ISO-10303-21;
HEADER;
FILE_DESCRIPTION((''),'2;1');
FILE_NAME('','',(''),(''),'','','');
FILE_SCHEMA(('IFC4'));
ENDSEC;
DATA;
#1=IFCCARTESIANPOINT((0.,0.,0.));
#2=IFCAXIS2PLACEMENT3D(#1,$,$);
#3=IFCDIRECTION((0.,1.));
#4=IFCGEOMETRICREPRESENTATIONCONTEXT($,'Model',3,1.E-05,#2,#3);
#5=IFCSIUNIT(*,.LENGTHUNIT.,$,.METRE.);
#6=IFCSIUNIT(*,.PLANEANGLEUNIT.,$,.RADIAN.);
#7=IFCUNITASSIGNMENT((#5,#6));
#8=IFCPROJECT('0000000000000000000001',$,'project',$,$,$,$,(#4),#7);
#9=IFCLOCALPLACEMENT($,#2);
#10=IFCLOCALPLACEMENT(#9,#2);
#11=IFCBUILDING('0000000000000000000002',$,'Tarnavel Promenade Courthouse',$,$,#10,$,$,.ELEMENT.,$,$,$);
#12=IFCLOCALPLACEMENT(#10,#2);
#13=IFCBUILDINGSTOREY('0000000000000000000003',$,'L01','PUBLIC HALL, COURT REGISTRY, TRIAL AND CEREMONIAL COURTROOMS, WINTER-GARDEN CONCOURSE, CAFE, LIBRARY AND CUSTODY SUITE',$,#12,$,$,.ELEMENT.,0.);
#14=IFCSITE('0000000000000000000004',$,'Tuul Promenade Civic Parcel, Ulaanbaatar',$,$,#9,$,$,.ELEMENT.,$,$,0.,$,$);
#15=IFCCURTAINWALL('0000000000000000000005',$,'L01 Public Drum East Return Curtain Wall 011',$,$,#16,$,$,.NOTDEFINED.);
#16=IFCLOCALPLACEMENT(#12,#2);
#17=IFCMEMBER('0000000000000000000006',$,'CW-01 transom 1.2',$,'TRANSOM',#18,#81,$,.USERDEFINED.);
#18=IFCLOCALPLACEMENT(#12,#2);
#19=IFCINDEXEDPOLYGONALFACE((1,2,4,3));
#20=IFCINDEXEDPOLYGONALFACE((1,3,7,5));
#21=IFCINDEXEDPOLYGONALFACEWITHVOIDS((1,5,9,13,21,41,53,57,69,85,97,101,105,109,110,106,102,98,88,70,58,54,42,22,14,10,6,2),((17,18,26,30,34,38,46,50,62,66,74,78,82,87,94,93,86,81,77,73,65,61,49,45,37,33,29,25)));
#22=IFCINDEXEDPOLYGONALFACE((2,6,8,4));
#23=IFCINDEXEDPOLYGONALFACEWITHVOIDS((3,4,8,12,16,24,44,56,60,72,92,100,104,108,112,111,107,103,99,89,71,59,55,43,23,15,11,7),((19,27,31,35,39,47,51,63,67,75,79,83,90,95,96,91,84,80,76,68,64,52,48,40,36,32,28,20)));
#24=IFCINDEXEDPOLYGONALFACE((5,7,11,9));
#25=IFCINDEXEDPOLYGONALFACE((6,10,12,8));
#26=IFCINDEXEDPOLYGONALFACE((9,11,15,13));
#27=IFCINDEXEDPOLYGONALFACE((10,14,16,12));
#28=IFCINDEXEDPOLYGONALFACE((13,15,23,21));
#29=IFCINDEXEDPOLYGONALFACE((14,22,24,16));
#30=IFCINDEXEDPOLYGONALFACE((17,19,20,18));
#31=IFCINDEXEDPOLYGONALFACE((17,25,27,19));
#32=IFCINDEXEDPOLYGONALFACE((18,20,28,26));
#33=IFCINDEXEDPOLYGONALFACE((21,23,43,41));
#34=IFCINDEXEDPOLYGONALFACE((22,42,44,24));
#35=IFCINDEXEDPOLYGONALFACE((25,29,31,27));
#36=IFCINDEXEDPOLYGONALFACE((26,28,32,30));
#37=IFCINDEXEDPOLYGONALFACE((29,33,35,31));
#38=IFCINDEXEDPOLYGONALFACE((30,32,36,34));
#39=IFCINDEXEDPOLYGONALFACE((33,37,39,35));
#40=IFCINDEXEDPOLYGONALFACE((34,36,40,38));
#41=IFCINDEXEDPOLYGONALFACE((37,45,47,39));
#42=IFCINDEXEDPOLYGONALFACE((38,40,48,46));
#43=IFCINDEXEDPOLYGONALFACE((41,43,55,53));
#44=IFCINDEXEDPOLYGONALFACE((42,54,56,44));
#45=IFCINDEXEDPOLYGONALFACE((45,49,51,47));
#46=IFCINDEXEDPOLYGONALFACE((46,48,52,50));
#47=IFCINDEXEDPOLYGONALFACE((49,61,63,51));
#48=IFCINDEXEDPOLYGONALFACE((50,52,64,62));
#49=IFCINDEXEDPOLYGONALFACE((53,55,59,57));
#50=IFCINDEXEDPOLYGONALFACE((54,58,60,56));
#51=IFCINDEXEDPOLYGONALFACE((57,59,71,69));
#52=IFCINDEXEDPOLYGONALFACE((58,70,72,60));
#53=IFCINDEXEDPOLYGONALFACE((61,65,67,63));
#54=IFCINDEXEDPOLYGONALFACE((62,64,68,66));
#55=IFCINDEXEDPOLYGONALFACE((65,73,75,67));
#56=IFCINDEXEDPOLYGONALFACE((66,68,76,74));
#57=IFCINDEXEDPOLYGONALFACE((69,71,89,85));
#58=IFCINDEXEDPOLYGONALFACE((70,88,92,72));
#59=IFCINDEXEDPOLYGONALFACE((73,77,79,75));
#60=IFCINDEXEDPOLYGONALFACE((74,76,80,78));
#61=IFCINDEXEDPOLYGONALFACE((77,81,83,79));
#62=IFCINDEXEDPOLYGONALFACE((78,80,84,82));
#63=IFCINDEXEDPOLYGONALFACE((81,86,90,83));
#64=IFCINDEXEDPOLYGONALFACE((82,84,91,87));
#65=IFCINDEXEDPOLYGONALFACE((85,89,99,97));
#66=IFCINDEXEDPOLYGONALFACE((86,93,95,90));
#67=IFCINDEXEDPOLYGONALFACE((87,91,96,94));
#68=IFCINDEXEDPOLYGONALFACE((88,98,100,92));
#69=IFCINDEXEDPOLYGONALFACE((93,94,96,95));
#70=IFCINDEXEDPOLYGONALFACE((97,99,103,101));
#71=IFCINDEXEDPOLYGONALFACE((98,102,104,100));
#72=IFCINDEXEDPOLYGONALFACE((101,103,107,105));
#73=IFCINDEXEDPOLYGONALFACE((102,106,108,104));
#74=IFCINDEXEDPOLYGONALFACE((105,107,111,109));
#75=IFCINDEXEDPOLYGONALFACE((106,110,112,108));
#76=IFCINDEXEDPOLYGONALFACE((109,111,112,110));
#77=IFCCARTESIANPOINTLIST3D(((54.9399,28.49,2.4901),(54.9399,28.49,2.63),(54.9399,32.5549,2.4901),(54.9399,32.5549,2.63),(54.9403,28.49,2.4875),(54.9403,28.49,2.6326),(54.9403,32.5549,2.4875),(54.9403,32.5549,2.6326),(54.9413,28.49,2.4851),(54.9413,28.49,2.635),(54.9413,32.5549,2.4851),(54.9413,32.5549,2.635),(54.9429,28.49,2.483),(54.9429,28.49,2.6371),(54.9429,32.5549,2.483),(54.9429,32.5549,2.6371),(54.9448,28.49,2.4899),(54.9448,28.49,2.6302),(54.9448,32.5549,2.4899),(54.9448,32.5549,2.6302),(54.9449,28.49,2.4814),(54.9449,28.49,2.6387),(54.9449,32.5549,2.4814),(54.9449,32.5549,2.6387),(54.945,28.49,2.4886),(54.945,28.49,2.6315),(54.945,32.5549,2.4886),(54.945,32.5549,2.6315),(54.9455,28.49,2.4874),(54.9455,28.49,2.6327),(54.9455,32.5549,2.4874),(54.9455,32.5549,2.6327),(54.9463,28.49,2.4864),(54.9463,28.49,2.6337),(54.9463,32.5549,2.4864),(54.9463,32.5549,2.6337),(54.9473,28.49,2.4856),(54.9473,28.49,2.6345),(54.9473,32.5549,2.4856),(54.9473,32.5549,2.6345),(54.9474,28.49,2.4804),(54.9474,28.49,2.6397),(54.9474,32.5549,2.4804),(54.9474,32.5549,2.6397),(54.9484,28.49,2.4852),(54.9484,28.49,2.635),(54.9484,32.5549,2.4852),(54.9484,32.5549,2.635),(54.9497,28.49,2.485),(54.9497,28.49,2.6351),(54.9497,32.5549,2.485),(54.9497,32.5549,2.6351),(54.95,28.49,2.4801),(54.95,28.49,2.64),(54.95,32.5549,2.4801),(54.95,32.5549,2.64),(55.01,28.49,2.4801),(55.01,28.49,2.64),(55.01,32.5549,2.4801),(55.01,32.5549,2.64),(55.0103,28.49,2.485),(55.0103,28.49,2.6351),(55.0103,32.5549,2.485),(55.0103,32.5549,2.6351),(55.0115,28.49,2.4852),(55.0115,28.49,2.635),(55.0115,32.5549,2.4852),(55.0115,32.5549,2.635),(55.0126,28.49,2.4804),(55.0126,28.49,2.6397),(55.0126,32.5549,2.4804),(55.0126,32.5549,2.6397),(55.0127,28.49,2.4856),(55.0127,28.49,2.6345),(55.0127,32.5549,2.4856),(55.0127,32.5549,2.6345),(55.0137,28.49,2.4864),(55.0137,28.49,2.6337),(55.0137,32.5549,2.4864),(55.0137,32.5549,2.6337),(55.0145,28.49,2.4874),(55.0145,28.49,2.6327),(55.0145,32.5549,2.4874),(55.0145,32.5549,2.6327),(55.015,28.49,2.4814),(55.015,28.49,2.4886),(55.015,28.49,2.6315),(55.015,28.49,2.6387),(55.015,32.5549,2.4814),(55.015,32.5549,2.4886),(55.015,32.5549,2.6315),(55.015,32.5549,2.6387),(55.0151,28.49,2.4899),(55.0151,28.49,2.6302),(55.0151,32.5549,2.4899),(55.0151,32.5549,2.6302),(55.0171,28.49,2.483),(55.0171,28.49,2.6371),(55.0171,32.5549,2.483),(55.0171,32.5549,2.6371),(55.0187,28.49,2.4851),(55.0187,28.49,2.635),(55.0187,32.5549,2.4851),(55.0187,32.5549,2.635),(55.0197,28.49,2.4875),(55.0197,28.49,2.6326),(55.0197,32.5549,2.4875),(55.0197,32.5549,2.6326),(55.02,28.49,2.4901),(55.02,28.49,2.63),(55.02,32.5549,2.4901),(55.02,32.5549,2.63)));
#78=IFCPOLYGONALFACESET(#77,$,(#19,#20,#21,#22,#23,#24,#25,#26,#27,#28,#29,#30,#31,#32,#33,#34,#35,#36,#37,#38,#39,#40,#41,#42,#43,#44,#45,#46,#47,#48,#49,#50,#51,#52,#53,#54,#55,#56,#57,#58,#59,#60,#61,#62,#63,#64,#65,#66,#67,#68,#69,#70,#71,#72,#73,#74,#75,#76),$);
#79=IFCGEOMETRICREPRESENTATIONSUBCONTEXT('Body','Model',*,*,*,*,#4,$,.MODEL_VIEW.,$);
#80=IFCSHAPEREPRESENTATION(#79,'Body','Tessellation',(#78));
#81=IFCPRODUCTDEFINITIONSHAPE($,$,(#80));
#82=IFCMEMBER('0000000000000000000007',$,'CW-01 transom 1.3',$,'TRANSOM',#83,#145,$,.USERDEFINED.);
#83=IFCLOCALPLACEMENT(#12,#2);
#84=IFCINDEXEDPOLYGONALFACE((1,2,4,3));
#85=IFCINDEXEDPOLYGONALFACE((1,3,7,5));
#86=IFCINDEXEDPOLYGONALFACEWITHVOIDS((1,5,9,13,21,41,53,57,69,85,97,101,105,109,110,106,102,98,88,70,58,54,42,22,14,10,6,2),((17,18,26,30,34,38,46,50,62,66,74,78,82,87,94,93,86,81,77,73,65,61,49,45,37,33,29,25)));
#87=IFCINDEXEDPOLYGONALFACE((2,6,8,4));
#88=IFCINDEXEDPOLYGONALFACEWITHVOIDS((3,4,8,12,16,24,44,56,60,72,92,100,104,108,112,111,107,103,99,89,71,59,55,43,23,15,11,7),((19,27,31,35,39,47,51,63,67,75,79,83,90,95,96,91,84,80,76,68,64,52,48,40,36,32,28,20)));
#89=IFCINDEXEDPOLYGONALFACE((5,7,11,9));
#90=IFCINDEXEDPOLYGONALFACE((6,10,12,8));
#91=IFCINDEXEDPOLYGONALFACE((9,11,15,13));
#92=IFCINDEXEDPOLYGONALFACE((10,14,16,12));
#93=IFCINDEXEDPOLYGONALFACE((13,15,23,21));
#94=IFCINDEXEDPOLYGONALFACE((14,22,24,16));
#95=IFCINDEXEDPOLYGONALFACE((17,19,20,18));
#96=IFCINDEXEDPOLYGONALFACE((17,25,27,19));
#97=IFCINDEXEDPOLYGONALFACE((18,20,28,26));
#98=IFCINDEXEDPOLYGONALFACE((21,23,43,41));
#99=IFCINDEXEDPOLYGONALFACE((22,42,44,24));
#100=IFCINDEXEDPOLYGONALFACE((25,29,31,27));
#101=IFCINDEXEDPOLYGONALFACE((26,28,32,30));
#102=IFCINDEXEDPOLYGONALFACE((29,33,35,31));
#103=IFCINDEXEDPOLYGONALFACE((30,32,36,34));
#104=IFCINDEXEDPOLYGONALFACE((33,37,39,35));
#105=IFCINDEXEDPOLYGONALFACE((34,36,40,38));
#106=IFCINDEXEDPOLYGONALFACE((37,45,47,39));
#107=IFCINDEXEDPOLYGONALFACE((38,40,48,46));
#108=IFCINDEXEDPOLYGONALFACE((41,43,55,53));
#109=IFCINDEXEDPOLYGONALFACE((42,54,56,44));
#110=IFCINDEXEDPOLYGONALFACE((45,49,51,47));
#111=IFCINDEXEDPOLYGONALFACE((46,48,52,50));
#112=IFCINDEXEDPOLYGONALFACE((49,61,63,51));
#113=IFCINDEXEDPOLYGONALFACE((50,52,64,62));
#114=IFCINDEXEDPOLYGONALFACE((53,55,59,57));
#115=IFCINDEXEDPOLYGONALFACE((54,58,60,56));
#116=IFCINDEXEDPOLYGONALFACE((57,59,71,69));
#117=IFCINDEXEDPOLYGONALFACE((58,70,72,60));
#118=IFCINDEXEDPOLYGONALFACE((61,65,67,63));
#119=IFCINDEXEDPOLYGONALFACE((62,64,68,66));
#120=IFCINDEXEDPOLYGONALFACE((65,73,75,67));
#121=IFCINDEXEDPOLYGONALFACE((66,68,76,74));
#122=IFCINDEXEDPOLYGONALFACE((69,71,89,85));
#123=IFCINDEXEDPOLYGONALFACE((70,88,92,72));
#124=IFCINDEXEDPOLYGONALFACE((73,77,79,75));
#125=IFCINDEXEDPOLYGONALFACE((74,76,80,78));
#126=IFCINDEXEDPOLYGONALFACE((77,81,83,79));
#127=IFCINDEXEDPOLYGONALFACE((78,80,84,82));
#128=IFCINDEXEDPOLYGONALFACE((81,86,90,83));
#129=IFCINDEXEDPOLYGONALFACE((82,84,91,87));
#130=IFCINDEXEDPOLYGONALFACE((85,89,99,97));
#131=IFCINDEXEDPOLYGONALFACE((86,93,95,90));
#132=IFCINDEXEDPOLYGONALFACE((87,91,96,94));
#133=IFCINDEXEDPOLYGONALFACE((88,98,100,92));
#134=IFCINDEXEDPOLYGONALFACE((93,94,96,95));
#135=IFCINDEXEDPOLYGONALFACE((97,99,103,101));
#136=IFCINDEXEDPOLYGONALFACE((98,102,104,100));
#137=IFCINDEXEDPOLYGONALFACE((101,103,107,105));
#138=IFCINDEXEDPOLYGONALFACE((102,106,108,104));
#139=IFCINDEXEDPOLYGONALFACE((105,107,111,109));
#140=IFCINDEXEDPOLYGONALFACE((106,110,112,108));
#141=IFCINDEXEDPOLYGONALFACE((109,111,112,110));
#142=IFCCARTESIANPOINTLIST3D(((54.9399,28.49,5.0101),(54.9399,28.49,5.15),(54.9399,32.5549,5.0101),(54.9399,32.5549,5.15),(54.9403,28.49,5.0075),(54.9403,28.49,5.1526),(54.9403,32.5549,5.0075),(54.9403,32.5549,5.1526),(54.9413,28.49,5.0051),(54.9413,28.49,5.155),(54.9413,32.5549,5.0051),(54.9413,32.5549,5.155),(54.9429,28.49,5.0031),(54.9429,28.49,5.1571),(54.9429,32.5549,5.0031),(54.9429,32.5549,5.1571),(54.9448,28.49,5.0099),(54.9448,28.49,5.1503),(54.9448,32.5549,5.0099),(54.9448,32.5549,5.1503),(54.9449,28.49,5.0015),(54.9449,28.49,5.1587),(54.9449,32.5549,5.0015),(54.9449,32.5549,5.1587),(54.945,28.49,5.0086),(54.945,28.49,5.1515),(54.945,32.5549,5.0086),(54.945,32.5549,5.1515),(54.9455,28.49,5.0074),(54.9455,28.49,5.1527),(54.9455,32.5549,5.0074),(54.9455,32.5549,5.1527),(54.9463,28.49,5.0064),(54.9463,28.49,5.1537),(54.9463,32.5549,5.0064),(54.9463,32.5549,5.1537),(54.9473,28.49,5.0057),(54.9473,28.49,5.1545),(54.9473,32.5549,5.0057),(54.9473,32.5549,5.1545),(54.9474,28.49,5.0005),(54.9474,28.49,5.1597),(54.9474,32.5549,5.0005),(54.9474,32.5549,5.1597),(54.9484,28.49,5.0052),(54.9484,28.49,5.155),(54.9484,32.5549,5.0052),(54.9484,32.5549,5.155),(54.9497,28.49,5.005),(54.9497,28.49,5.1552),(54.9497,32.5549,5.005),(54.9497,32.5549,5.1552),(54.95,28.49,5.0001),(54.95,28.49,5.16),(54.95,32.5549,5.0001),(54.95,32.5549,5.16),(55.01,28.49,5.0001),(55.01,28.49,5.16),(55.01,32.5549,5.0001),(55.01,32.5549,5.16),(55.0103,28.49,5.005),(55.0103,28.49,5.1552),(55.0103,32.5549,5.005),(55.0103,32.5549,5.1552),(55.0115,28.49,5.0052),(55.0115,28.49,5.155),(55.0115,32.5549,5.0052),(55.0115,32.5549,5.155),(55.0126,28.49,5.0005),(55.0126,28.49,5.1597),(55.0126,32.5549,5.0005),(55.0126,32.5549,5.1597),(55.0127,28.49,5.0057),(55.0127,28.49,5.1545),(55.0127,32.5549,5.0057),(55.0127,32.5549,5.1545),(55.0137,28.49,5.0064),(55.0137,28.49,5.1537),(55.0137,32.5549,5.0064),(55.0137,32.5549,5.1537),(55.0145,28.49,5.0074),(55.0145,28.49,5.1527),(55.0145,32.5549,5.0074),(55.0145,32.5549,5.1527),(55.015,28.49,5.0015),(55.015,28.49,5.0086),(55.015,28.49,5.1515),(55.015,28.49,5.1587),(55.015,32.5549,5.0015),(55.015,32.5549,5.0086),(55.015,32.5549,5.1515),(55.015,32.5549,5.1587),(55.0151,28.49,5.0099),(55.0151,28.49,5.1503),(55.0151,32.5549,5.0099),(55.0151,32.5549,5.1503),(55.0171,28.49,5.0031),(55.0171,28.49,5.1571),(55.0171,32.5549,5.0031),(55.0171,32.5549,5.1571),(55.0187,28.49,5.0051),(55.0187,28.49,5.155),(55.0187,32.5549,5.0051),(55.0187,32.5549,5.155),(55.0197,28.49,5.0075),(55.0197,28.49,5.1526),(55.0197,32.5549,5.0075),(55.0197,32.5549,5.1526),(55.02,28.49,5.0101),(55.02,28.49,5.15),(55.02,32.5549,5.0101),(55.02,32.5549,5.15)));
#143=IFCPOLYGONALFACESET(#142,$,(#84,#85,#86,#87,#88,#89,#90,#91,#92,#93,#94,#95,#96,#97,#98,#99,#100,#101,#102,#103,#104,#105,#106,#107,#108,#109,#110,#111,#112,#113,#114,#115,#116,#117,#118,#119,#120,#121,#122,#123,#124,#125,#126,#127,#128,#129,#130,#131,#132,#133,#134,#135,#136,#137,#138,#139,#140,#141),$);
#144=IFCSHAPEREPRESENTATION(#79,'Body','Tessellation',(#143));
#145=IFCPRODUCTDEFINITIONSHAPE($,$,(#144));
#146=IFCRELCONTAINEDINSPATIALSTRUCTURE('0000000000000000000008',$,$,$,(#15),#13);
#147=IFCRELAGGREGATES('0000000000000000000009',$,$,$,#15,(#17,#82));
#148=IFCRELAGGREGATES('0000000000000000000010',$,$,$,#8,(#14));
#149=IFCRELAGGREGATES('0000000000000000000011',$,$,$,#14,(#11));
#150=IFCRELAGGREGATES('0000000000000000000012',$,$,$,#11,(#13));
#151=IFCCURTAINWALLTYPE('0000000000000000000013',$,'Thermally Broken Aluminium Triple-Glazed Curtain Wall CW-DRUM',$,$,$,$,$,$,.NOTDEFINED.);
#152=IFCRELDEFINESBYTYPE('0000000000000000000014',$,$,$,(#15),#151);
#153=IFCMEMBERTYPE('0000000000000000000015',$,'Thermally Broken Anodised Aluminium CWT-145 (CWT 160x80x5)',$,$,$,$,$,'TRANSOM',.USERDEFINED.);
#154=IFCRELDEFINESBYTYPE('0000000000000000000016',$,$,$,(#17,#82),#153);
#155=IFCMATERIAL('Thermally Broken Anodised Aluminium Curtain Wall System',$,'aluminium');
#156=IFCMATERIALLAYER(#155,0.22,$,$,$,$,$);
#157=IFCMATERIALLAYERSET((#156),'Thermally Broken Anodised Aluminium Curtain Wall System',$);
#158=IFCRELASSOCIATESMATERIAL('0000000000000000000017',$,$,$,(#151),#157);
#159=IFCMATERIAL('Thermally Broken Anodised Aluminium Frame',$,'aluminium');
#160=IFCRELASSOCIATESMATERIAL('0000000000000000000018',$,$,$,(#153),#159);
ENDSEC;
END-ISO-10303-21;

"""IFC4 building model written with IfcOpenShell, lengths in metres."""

from ifc_helpers import new_model, si_unit, direction, frame, origin, origin_2d, place, context, subcontext, project, spatial, hollow_rectangle, extrude, material, layer, layer_set, material_profile, profile_set, type_object, element, aggregate, save


model = new_model("IFC4")

# Units and contexts
model_context = context("Model", 3, precision=1e-05, world=origin(), true_north=direction((0.0, 1.0)))
body_context = subcontext(model_context, "Body", "Model", "MODEL_VIEW")
ifc_project = project(units=[si_unit("LENGTHUNIT", "METRE"), si_unit("PLANEANGLEUNIT", "RADIAN")], contexts=[model_context])

# Site, building, storey
site_placement = place(None, origin())
site = spatial("IfcSite", under=ifc_project, at=site_placement, Name="Tuul Promenade Civic Parcel, Ulaanbaatar", CompositionType="ELEMENT", RefElevation=0.0)
building_placement = place(site_placement, origin())
building = spatial("IfcBuilding", under=site, at=building_placement, Name="Tarnavel Promenade Courthouse", CompositionType="ELEMENT")
storey_placement = place(building_placement, origin())
storey = spatial("IfcBuildingStorey", under=building, at=storey_placement, Name="L01", Description="PUBLIC HALL, COURT REGISTRY, TRIAL AND CEREMONIAL COURTROOMS, WINTER-GARDEN CONCOURSE, CAFE, LIBRARY AND CUSTODY SUITE", CompositionType="ELEMENT", Elevation=0.0)

# Curtain wall
ifc_material_1 = material(Name="Thermally Broken Anodised Aluminium Curtain Wall System", Category="aluminium")
ifc_layer_1 = layer(ifc_material_1, 0.22)
ifc_layer_set_1 = layer_set([ifc_layer_1], Name="Thermally Broken Anodised Aluminium Curtain Wall System")
curtain_wall_type_1 = type_object("IfcCurtainWallType", Name="Thermally Broken Aluminium Triple-Glazed Curtain Wall CW-DRUM", PredefinedType="NOTDEFINED", material=ifc_layer_set_1)
ifc_material_2 = material(Name="Thermally Broken Anodised Aluminium Frame", Category="aluminium")
curtain_wall_1_placement = place(storey_placement, origin())
curtain_wall_1 = element("IfcCurtainWall", 1, at=curtain_wall_1_placement, inside=storey, type_object=curtain_wall_type_1, Name="L01 Public Drum East Return Curtain Wall 011", PredefinedType="NOTDEFINED")

# Members
ifc_material_profile_1 = material_profile(ifc_material_2, hollow_rectangle(XDim=0.0801, YDim=0.1599, WallThickness=0.0049, InnerFilletRadius=0.0049, OuterFilletRadius=0.01, at=origin_2d()), Name="CWT 160x80x5")
ifc_profile_set_1 = profile_set([ifc_material_profile_1], Name="Thermally Broken Anodised Aluminium Frame")
member_type_1 = type_object("IfcMemberType", Name="Thermally Broken Anodised Aluminium CWT-145 (CWT 160x80x5)", ElementType="TRANSOM", PredefinedType="USERDEFINED", material=ifc_profile_set_1)
member_1_placement = place(storey_placement, frame((54.98, 28.49, 2.5601), z_axis=(0.0, 1.0, 0.0), x_axis=(-1.0, 0.0, 0.0)))
member_1 = element("IfcMember", 2, at=member_1_placement, type_object=member_type_1, Name="CW-01 transom 1.2", ObjectType="TRANSOM", PredefinedType="USERDEFINED", context=body_context, shape_type="SweptSolid", body=[
    extrude(hollow_rectangle(XDim=0.0801, YDim=0.1599, WallThickness=0.0049, InnerFilletRadius=0.0049, OuterFilletRadius=0.01, at=origin_2d()), origin(), (0.0, 0.0, 1.0), 4.0649),
])
member_2_placement = place(storey_placement, frame((54.98, 28.49, 5.0801), z_axis=(0.0, 1.0, 0.0), x_axis=(-1.0, 0.0, 0.0)))
member_2 = element("IfcMember", 3, at=member_2_placement, type_object=member_type_1, Name="CW-01 transom 1.3", ObjectType="TRANSOM", PredefinedType="USERDEFINED", context=body_context, shape_type="SweptSolid", body=[
    extrude(hollow_rectangle(XDim=0.0801, YDim=0.1599, WallThickness=0.0049, InnerFilletRadius=0.0049, OuterFilletRadius=0.01, at=origin_2d()), origin(), (0.0, 0.0, 1.0), 4.0649),
])

aggregate(curtain_wall_1, [member_1, member_2])

save(model, "model.ifc")
